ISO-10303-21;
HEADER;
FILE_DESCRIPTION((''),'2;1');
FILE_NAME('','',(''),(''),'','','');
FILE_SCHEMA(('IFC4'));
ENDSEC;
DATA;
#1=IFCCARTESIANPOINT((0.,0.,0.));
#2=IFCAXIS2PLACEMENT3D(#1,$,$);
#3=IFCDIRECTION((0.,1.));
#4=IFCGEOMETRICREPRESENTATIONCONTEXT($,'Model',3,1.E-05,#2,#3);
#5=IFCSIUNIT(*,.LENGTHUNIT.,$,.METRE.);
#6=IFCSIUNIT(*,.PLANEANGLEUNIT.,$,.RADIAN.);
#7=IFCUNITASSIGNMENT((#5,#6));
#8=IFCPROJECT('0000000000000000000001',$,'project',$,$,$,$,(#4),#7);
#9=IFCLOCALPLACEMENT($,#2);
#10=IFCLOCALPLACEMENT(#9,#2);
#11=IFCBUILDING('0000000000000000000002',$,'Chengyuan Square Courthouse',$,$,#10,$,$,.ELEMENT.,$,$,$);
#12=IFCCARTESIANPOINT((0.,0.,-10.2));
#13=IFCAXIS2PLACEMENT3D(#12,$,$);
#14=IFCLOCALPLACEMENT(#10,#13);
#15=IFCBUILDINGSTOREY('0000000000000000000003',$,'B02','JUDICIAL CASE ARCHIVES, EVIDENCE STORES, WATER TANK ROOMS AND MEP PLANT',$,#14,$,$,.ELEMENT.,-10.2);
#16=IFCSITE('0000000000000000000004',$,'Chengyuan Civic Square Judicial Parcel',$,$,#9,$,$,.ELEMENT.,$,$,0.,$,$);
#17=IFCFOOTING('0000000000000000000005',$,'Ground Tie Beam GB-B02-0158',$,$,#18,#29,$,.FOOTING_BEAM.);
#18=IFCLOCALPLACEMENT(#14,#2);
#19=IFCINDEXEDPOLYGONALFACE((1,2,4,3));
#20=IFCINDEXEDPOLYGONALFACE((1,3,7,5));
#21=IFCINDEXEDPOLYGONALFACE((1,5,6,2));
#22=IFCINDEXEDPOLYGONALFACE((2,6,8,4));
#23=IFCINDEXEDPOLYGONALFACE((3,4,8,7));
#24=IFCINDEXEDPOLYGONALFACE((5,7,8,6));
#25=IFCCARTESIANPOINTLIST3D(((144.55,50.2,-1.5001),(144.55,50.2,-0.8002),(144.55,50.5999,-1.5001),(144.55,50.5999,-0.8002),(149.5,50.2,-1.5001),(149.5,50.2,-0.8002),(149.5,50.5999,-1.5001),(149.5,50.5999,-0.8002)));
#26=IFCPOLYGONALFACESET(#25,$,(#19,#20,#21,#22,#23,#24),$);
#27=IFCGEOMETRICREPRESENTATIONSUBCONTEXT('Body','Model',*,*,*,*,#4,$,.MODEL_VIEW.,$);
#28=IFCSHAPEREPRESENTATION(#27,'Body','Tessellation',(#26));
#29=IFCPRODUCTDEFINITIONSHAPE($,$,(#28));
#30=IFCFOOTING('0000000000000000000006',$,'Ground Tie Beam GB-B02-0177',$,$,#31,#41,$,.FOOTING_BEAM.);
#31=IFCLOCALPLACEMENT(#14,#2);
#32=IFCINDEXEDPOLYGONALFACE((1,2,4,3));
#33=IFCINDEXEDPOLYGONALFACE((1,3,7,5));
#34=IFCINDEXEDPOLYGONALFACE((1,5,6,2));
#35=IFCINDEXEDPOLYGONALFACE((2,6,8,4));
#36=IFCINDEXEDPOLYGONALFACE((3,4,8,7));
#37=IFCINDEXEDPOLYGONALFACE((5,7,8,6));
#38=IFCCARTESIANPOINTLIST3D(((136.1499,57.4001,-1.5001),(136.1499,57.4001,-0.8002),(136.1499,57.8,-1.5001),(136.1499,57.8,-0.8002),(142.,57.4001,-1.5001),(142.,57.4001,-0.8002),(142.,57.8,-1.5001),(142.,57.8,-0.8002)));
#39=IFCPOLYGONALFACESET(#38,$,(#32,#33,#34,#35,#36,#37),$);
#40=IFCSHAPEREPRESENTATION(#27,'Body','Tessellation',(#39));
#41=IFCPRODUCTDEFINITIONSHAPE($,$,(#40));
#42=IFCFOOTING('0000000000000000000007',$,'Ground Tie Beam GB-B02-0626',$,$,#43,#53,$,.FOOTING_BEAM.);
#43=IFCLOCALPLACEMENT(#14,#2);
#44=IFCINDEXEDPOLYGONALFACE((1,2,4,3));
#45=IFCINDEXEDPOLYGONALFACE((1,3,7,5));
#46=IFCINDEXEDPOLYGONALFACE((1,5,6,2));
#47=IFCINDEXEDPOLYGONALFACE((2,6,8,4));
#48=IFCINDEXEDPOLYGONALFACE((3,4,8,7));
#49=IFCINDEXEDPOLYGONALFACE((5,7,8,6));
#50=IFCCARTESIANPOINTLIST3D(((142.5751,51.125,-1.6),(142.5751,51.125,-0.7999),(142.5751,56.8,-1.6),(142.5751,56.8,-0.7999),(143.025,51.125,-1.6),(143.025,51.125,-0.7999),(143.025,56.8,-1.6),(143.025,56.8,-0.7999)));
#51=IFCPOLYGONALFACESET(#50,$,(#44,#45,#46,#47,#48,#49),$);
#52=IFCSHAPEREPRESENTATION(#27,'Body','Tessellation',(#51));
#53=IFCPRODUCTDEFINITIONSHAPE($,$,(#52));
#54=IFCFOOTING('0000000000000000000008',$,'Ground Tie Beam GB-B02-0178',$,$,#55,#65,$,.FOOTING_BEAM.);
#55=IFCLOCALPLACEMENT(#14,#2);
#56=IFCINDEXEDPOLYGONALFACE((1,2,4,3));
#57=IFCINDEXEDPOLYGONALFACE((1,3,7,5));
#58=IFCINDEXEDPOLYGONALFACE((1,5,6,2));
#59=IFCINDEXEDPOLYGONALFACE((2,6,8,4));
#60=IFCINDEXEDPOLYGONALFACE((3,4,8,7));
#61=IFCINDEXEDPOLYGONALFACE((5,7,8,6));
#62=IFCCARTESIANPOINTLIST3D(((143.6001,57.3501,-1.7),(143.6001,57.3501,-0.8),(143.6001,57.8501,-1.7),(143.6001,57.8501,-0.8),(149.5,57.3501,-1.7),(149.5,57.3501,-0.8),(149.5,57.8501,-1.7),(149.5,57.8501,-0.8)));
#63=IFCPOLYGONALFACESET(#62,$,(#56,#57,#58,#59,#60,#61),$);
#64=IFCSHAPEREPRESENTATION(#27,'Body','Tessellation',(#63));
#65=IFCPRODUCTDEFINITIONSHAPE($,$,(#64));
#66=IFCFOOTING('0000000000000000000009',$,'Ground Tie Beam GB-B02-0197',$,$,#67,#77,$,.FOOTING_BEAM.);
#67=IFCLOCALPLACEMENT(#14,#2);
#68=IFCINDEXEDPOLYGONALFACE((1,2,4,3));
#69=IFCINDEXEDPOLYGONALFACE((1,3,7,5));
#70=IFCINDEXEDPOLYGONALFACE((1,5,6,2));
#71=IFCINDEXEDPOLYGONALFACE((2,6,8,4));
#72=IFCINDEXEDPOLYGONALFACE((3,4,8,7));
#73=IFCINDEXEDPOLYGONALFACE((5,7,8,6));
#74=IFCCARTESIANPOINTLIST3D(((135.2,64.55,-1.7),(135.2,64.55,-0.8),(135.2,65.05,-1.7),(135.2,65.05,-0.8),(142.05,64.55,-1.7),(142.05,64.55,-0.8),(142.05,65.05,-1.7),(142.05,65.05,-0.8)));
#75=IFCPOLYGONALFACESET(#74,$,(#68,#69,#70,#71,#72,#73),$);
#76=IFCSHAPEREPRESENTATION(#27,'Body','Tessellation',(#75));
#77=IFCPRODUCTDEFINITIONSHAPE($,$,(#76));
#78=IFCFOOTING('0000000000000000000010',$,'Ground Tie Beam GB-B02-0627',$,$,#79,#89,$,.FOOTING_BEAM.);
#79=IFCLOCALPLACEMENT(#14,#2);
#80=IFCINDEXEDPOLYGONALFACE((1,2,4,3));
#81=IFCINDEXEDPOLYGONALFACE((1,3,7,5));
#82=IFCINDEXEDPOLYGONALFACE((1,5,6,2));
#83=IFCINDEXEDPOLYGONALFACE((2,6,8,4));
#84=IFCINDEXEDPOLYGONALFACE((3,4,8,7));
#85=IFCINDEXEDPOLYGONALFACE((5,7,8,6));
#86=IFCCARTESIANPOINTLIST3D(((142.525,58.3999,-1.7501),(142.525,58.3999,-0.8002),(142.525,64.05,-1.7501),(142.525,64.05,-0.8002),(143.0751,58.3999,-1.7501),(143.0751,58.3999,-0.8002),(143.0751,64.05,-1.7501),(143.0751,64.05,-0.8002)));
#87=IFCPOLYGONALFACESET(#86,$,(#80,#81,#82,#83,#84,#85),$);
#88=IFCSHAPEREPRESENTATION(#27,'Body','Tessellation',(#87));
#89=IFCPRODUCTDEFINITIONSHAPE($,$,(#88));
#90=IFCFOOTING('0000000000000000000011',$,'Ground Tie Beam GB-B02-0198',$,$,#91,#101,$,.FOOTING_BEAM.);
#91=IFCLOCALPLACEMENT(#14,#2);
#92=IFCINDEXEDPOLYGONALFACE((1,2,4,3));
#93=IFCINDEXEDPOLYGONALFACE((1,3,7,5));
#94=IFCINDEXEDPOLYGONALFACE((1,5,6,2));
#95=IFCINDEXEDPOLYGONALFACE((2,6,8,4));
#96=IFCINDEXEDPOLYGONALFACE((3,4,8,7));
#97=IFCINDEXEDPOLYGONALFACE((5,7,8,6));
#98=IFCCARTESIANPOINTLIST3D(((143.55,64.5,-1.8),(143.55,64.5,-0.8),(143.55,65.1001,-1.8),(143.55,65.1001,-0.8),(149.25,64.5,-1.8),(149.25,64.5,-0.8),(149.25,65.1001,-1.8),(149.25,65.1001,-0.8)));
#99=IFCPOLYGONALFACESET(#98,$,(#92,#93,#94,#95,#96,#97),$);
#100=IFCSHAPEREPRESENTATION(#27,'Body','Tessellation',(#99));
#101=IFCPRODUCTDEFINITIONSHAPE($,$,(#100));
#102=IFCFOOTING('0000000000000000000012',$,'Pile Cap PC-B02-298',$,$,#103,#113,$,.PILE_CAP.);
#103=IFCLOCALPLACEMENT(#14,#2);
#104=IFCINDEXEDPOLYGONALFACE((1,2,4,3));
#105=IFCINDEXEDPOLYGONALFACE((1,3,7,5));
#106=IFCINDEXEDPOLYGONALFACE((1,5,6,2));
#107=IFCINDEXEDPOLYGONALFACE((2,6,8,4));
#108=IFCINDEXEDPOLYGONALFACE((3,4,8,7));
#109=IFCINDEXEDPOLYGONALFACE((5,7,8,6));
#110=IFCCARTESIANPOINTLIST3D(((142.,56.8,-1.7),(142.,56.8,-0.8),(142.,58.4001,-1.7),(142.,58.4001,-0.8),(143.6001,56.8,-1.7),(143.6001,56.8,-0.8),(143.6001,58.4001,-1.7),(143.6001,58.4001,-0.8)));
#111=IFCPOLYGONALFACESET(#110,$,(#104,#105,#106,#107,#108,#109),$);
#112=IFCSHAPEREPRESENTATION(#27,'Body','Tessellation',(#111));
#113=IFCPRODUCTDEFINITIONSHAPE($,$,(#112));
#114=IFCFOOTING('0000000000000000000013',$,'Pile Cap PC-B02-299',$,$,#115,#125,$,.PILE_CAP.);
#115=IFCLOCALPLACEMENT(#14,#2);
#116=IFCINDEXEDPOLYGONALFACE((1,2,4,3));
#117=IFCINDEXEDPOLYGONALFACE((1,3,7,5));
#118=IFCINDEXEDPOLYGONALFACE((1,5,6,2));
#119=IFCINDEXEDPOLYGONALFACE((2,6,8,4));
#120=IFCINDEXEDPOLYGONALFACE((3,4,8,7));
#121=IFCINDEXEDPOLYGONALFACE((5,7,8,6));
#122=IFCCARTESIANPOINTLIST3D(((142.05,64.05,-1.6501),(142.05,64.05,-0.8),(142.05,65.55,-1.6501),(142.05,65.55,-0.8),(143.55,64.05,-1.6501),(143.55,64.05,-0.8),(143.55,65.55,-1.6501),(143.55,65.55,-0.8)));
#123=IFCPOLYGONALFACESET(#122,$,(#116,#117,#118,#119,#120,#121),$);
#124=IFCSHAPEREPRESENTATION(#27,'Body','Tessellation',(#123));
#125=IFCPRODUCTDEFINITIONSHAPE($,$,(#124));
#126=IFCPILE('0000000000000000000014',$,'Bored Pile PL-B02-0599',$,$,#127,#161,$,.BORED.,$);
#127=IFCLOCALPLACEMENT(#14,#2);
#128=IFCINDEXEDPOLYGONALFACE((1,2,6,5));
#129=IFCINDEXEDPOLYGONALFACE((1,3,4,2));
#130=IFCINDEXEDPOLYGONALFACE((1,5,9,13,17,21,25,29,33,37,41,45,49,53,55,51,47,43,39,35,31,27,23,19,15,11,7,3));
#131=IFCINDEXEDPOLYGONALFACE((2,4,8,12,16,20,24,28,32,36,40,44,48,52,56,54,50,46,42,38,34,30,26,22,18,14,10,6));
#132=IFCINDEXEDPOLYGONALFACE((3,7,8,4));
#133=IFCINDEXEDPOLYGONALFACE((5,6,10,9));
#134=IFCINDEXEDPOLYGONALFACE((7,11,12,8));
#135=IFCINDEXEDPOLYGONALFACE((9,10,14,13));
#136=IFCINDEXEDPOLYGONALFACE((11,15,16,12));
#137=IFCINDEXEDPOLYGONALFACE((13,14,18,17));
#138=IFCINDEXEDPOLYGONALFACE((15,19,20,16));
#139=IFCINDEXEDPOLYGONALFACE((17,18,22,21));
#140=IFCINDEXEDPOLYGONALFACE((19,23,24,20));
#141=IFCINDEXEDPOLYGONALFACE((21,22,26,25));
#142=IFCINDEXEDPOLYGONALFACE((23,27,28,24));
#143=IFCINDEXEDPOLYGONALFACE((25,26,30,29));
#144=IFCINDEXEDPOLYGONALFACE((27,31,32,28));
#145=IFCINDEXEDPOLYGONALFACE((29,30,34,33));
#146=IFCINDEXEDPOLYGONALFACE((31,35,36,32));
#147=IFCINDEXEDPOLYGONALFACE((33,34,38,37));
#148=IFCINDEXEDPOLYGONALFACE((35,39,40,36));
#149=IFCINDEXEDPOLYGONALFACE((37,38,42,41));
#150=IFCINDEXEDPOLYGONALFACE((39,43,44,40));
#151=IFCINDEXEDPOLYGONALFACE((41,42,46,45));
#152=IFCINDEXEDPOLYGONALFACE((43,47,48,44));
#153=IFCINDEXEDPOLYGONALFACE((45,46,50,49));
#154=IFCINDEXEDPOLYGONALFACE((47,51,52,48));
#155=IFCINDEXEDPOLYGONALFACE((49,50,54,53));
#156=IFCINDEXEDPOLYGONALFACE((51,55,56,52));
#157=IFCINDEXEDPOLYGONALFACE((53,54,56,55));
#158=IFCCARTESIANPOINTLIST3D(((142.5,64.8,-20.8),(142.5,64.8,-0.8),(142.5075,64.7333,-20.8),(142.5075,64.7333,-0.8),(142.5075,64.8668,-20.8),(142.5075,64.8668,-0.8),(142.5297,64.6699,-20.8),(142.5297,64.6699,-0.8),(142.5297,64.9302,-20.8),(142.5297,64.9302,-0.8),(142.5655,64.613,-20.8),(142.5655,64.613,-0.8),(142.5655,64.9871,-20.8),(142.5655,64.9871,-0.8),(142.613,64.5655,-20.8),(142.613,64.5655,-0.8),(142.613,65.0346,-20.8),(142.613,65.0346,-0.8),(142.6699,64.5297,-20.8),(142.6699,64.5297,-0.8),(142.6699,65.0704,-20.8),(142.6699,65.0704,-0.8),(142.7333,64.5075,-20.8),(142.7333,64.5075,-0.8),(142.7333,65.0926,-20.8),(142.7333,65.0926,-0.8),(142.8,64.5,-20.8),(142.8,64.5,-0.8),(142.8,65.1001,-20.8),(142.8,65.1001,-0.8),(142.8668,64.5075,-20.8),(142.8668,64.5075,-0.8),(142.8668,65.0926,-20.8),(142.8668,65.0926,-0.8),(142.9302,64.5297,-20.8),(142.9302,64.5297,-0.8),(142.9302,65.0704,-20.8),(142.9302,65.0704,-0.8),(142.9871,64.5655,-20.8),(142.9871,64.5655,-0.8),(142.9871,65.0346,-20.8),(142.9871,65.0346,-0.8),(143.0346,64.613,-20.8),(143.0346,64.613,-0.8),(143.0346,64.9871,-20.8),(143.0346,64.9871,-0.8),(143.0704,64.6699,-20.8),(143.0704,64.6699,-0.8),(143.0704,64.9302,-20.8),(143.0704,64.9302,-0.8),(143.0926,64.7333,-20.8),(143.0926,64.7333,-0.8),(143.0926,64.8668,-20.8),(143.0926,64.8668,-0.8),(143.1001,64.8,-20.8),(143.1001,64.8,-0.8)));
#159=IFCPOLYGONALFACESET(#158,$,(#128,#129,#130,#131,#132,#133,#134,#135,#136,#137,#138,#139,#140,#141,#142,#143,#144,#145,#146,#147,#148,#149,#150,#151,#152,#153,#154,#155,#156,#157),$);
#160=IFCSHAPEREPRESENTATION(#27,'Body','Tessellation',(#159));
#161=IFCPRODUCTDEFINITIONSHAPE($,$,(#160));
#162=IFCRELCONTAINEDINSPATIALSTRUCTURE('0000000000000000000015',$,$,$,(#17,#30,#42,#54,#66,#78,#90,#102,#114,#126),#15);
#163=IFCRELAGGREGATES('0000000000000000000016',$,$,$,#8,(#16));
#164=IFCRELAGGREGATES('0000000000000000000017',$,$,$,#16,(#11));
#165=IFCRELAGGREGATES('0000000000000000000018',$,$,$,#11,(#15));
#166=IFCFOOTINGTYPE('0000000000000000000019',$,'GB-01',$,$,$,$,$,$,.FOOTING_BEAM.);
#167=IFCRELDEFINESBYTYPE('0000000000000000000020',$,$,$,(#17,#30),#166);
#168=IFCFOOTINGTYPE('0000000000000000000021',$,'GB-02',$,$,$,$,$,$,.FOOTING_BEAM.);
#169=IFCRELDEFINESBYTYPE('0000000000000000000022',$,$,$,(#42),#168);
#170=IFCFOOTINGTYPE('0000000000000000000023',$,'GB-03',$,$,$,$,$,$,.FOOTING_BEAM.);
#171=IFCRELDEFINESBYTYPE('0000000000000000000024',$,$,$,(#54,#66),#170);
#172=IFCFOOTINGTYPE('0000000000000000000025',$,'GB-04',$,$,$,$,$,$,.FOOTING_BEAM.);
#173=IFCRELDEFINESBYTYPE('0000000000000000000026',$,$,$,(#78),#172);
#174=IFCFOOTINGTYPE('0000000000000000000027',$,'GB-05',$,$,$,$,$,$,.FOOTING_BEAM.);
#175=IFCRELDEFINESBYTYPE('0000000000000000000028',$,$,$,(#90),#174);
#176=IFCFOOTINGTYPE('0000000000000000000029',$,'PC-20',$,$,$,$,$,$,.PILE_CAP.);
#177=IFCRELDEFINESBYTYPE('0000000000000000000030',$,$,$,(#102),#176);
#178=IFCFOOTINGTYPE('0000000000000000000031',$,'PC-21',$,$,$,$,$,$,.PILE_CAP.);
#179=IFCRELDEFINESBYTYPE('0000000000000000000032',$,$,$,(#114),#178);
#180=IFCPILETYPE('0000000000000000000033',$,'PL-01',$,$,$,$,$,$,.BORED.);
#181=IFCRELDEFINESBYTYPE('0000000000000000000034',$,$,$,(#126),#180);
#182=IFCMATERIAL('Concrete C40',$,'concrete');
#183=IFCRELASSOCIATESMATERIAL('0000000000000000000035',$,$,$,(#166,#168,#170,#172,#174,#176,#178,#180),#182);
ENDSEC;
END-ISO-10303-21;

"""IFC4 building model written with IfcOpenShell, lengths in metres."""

from ifc_helpers import new_model, si_unit, direction, frame, origin, origin_2d, place, context, subcontext, project, spatial, rectangle, circle, extrude, material, material_profile, profile_set, type_object, element, save


model = new_model("IFC4")

# Units and contexts
model_context = context("Model", 3, precision=1e-05, world=origin(), true_north=direction((0.0, 1.0)))
body_context = subcontext(model_context, "Body", "Model", "MODEL_VIEW")
ifc_project = project(units=[si_unit("LENGTHUNIT", "METRE"), si_unit("PLANEANGLEUNIT", "RADIAN")], contexts=[model_context])

# Site, building, storey
site_placement = place(None, origin())
site = spatial("IfcSite", under=ifc_project, at=site_placement, Name="Chengyuan Civic Square Judicial Parcel", CompositionType="ELEMENT", RefElevation=0.0)
building_placement = place(site_placement, origin())
building = spatial("IfcBuilding", under=site, at=building_placement, Name="Chengyuan Square Courthouse", CompositionType="ELEMENT")
storey_placement = place(building_placement, frame((0.0, 0.0, -10.2)))
storey = spatial("IfcBuildingStorey", under=building, at=storey_placement, Name="B02", Description="JUDICIAL CASE ARCHIVES, EVIDENCE STORES, WATER TANK ROOMS AND MEP PLANT", CompositionType="ELEMENT", Elevation=-10.2)

# Footings
ifc_material_1 = material(Name="Concrete C40", Category="concrete")
ifc_material_profile_1 = material_profile(ifc_material_1, rectangle(XDim=0.3999, YDim=0.7, at=origin_2d()), Name="GB-400x700")
ifc_profile_set_1 = profile_set([ifc_material_profile_1], Name="Concrete C40")
footing_type_1 = type_object("IfcFootingType", Name="GB-01", PredefinedType="FOOTING_BEAM", material=ifc_profile_set_1)
footing_1_placement = place(storey_placement, frame((144.55, 50.3999, -1.1501), z_axis=(1.0, 0.0, 0.0), x_axis=(0.0, 1.0, 0.0)))
element("IfcFooting", 1, at=footing_1_placement, inside=storey, type_object=footing_type_1, Name="Ground Tie Beam GB-B02-0158", PredefinedType="FOOTING_BEAM", context=body_context, shape_type="SweptSolid", body=[
    extrude(rectangle(XDim=0.3999, YDim=0.7, at=origin_2d()), origin(), (0.0, 0.0, 1.0), 4.95),
])
footing_2_placement = place(storey_placement, frame((136.1499, 57.6001, -1.1501), z_axis=(1.0, 0.0, 0.0), x_axis=(0.0, 1.0, 0.0)))
element("IfcFooting", 2, at=footing_2_placement, inside=storey, type_object=footing_type_1, Name="Ground Tie Beam GB-B02-0177", PredefinedType="FOOTING_BEAM", context=body_context, shape_type="SweptSolid", body=[
    extrude(rectangle(XDim=0.3999, YDim=0.7, at=origin_2d()), origin(), (0.0, 0.0, 1.0), 5.8501),
])
ifc_material_profile_2 = material_profile(ifc_material_1, rectangle(XDim=0.45, YDim=0.8, at=origin_2d()), Name="GB-450x800")
ifc_profile_set_2 = profile_set([ifc_material_profile_2], Name="Concrete C40")
footing_type_2 = type_object("IfcFootingType", Name="GB-02", PredefinedType="FOOTING_BEAM", material=ifc_profile_set_2)
footing_3_placement = place(storey_placement, frame((142.8, 51.125, -1.2), z_axis=(0.0, 1.0, 0.0), x_axis=(-1.0, 0.0, 0.0)))
element("IfcFooting", 3, at=footing_3_placement, inside=storey, type_object=footing_type_2, Name="Ground Tie Beam GB-B02-0626", PredefinedType="FOOTING_BEAM", context=body_context, shape_type="SweptSolid", body=[
    extrude(rectangle(XDim=0.45, YDim=0.8, at=origin_2d()), origin(), (0.0, 0.0, 1.0), 5.675),
])
ifc_material_profile_3 = material_profile(ifc_material_1, rectangle(XDim=0.5, YDim=0.8999, at=origin_2d()), Name="GB-500x900")
ifc_profile_set_3 = profile_set([ifc_material_profile_3], Name="Concrete C40")
footing_type_3 = type_object("IfcFootingType", Name="GB-03", PredefinedType="FOOTING_BEAM", material=ifc_profile_set_3)
footing_4_placement = place(storey_placement, frame((143.6001, 57.6001, -1.25), z_axis=(1.0, 0.0, 0.0), x_axis=(0.0, 1.0, 0.0)))
element("IfcFooting", 4, at=footing_4_placement, inside=storey, type_object=footing_type_3, Name="Ground Tie Beam GB-B02-0178", PredefinedType="FOOTING_BEAM", context=body_context, shape_type="SweptSolid", body=[
    extrude(rectangle(XDim=0.5, YDim=0.8999, at=origin_2d()), origin(), (0.0, 0.0, 1.0), 5.8999),
])
footing_5_placement = place(storey_placement, frame((135.2, 64.8, -1.25), z_axis=(1.0, 0.0, 0.0), x_axis=(0.0, 1.0, 0.0)))
element("IfcFooting", 5, at=footing_5_placement, inside=storey, type_object=footing_type_3, Name="Ground Tie Beam GB-B02-0197", PredefinedType="FOOTING_BEAM", context=body_context, shape_type="SweptSolid", body=[
    extrude(rectangle(XDim=0.5, YDim=0.8999, at=origin_2d()), origin(), (0.0, 0.0, 1.0), 6.8501),
])
ifc_material_profile_4 = material_profile(ifc_material_1, rectangle(XDim=0.55, YDim=0.95, at=origin_2d()), Name="GB-550x950")
ifc_profile_set_4 = profile_set([ifc_material_profile_4], Name="Concrete C40")
footing_type_4 = type_object("IfcFootingType", Name="GB-04", PredefinedType="FOOTING_BEAM", material=ifc_profile_set_4)
footing_6_placement = place(storey_placement, frame((142.8, 58.3999, -1.2751), z_axis=(0.0, 1.0, 0.0), x_axis=(-1.0, 0.0, 0.0)))
element("IfcFooting", 6, at=footing_6_placement, inside=storey, type_object=footing_type_4, Name="Ground Tie Beam GB-B02-0627", PredefinedType="FOOTING_BEAM", context=body_context, shape_type="SweptSolid", body=[
    extrude(rectangle(XDim=0.55, YDim=0.95, at=origin_2d()), origin(), (0.0, 0.0, 1.0), 5.6501),
])
ifc_material_profile_5 = material_profile(ifc_material_1, rectangle(XDim=0.6001, YDim=1.0, at=origin_2d()), Name="GB-600x1000")
ifc_profile_set_5 = profile_set([ifc_material_profile_5], Name="Concrete C40")
footing_type_5 = type_object("IfcFootingType", Name="GB-05", PredefinedType="FOOTING_BEAM", material=ifc_profile_set_5)
footing_7_placement = place(storey_placement, frame((143.55, 64.8, -1.3), z_axis=(1.0, 0.0, 0.0), x_axis=(0.0, 1.0, 0.0)))
element("IfcFooting", 7, at=footing_7_placement, inside=storey, type_object=footing_type_5, Name="Ground Tie Beam GB-B02-0198", PredefinedType="FOOTING_BEAM", context=body_context, shape_type="SweptSolid", body=[
    extrude(rectangle(XDim=0.6001, YDim=1.0, at=origin_2d()), origin(), (0.0, 0.0, 1.0), 5.7),
])
footing_type_6 = type_object("IfcFootingType", Name="PC-20", PredefinedType="PILE_CAP", material=ifc_material_1)
footing_8_placement = place(storey_placement, frame((142.8, 57.6001, -1.7), z_axis=(0.0, 0.0, 1.0), x_axis=(1.0, 0.0, 0.0)))
element("IfcFooting", 8, at=footing_8_placement, inside=storey, type_object=footing_type_6, Name="Pile Cap PC-B02-298", PredefinedType="PILE_CAP", context=body_context, shape_type="SweptSolid", body=[
    extrude(rectangle(XDim=1.6001, YDim=1.6001, at=origin_2d()), origin(), (0.0, 0.0, 1.0), 0.8999),
])
footing_type_7 = type_object("IfcFootingType", Name="PC-21", PredefinedType="PILE_CAP", material=ifc_material_1)
footing_9_placement = place(storey_placement, frame((142.8, 64.8, -1.6501), z_axis=(0.0, 0.0, 1.0), x_axis=(1.0, 0.0, 0.0)))
element("IfcFooting", 9, at=footing_9_placement, inside=storey, type_object=footing_type_7, Name="Pile Cap PC-B02-299", PredefinedType="PILE_CAP", context=body_context, shape_type="SweptSolid", body=[
    extrude(rectangle(XDim=1.5, YDim=1.5, at=origin_2d()), origin(), (0.0, 0.0, 1.0), 0.8501),
])

# Pile
ifc_material_profile_6 = material_profile(ifc_material_1, circle(Radius=0.3, at=origin_2d()), Name="BORED PILE D600")
ifc_profile_set_6 = profile_set([ifc_material_profile_6], Name="Concrete C40")
pile_type_1 = type_object("IfcPileType", Name="PL-01", PredefinedType="BORED", material=ifc_profile_set_6)
pile_1_placement = place(storey_placement, frame((142.8, 64.8, -0.8), z_axis=(0.0, 0.0, -1.0), x_axis=(1.0, 0.0, 0.0)))
element("IfcPile", 10, at=pile_1_placement, inside=storey, type_object=pile_type_1, Name="Bored Pile PL-B02-0599", PredefinedType="BORED", context=body_context, shape_type="SweptSolid", body=[
    extrude(circle(Radius=0.3, at=origin_2d()), origin(), (0.0, 0.0, 1.0), 20.0),
])

save(model, "model.ifc")
